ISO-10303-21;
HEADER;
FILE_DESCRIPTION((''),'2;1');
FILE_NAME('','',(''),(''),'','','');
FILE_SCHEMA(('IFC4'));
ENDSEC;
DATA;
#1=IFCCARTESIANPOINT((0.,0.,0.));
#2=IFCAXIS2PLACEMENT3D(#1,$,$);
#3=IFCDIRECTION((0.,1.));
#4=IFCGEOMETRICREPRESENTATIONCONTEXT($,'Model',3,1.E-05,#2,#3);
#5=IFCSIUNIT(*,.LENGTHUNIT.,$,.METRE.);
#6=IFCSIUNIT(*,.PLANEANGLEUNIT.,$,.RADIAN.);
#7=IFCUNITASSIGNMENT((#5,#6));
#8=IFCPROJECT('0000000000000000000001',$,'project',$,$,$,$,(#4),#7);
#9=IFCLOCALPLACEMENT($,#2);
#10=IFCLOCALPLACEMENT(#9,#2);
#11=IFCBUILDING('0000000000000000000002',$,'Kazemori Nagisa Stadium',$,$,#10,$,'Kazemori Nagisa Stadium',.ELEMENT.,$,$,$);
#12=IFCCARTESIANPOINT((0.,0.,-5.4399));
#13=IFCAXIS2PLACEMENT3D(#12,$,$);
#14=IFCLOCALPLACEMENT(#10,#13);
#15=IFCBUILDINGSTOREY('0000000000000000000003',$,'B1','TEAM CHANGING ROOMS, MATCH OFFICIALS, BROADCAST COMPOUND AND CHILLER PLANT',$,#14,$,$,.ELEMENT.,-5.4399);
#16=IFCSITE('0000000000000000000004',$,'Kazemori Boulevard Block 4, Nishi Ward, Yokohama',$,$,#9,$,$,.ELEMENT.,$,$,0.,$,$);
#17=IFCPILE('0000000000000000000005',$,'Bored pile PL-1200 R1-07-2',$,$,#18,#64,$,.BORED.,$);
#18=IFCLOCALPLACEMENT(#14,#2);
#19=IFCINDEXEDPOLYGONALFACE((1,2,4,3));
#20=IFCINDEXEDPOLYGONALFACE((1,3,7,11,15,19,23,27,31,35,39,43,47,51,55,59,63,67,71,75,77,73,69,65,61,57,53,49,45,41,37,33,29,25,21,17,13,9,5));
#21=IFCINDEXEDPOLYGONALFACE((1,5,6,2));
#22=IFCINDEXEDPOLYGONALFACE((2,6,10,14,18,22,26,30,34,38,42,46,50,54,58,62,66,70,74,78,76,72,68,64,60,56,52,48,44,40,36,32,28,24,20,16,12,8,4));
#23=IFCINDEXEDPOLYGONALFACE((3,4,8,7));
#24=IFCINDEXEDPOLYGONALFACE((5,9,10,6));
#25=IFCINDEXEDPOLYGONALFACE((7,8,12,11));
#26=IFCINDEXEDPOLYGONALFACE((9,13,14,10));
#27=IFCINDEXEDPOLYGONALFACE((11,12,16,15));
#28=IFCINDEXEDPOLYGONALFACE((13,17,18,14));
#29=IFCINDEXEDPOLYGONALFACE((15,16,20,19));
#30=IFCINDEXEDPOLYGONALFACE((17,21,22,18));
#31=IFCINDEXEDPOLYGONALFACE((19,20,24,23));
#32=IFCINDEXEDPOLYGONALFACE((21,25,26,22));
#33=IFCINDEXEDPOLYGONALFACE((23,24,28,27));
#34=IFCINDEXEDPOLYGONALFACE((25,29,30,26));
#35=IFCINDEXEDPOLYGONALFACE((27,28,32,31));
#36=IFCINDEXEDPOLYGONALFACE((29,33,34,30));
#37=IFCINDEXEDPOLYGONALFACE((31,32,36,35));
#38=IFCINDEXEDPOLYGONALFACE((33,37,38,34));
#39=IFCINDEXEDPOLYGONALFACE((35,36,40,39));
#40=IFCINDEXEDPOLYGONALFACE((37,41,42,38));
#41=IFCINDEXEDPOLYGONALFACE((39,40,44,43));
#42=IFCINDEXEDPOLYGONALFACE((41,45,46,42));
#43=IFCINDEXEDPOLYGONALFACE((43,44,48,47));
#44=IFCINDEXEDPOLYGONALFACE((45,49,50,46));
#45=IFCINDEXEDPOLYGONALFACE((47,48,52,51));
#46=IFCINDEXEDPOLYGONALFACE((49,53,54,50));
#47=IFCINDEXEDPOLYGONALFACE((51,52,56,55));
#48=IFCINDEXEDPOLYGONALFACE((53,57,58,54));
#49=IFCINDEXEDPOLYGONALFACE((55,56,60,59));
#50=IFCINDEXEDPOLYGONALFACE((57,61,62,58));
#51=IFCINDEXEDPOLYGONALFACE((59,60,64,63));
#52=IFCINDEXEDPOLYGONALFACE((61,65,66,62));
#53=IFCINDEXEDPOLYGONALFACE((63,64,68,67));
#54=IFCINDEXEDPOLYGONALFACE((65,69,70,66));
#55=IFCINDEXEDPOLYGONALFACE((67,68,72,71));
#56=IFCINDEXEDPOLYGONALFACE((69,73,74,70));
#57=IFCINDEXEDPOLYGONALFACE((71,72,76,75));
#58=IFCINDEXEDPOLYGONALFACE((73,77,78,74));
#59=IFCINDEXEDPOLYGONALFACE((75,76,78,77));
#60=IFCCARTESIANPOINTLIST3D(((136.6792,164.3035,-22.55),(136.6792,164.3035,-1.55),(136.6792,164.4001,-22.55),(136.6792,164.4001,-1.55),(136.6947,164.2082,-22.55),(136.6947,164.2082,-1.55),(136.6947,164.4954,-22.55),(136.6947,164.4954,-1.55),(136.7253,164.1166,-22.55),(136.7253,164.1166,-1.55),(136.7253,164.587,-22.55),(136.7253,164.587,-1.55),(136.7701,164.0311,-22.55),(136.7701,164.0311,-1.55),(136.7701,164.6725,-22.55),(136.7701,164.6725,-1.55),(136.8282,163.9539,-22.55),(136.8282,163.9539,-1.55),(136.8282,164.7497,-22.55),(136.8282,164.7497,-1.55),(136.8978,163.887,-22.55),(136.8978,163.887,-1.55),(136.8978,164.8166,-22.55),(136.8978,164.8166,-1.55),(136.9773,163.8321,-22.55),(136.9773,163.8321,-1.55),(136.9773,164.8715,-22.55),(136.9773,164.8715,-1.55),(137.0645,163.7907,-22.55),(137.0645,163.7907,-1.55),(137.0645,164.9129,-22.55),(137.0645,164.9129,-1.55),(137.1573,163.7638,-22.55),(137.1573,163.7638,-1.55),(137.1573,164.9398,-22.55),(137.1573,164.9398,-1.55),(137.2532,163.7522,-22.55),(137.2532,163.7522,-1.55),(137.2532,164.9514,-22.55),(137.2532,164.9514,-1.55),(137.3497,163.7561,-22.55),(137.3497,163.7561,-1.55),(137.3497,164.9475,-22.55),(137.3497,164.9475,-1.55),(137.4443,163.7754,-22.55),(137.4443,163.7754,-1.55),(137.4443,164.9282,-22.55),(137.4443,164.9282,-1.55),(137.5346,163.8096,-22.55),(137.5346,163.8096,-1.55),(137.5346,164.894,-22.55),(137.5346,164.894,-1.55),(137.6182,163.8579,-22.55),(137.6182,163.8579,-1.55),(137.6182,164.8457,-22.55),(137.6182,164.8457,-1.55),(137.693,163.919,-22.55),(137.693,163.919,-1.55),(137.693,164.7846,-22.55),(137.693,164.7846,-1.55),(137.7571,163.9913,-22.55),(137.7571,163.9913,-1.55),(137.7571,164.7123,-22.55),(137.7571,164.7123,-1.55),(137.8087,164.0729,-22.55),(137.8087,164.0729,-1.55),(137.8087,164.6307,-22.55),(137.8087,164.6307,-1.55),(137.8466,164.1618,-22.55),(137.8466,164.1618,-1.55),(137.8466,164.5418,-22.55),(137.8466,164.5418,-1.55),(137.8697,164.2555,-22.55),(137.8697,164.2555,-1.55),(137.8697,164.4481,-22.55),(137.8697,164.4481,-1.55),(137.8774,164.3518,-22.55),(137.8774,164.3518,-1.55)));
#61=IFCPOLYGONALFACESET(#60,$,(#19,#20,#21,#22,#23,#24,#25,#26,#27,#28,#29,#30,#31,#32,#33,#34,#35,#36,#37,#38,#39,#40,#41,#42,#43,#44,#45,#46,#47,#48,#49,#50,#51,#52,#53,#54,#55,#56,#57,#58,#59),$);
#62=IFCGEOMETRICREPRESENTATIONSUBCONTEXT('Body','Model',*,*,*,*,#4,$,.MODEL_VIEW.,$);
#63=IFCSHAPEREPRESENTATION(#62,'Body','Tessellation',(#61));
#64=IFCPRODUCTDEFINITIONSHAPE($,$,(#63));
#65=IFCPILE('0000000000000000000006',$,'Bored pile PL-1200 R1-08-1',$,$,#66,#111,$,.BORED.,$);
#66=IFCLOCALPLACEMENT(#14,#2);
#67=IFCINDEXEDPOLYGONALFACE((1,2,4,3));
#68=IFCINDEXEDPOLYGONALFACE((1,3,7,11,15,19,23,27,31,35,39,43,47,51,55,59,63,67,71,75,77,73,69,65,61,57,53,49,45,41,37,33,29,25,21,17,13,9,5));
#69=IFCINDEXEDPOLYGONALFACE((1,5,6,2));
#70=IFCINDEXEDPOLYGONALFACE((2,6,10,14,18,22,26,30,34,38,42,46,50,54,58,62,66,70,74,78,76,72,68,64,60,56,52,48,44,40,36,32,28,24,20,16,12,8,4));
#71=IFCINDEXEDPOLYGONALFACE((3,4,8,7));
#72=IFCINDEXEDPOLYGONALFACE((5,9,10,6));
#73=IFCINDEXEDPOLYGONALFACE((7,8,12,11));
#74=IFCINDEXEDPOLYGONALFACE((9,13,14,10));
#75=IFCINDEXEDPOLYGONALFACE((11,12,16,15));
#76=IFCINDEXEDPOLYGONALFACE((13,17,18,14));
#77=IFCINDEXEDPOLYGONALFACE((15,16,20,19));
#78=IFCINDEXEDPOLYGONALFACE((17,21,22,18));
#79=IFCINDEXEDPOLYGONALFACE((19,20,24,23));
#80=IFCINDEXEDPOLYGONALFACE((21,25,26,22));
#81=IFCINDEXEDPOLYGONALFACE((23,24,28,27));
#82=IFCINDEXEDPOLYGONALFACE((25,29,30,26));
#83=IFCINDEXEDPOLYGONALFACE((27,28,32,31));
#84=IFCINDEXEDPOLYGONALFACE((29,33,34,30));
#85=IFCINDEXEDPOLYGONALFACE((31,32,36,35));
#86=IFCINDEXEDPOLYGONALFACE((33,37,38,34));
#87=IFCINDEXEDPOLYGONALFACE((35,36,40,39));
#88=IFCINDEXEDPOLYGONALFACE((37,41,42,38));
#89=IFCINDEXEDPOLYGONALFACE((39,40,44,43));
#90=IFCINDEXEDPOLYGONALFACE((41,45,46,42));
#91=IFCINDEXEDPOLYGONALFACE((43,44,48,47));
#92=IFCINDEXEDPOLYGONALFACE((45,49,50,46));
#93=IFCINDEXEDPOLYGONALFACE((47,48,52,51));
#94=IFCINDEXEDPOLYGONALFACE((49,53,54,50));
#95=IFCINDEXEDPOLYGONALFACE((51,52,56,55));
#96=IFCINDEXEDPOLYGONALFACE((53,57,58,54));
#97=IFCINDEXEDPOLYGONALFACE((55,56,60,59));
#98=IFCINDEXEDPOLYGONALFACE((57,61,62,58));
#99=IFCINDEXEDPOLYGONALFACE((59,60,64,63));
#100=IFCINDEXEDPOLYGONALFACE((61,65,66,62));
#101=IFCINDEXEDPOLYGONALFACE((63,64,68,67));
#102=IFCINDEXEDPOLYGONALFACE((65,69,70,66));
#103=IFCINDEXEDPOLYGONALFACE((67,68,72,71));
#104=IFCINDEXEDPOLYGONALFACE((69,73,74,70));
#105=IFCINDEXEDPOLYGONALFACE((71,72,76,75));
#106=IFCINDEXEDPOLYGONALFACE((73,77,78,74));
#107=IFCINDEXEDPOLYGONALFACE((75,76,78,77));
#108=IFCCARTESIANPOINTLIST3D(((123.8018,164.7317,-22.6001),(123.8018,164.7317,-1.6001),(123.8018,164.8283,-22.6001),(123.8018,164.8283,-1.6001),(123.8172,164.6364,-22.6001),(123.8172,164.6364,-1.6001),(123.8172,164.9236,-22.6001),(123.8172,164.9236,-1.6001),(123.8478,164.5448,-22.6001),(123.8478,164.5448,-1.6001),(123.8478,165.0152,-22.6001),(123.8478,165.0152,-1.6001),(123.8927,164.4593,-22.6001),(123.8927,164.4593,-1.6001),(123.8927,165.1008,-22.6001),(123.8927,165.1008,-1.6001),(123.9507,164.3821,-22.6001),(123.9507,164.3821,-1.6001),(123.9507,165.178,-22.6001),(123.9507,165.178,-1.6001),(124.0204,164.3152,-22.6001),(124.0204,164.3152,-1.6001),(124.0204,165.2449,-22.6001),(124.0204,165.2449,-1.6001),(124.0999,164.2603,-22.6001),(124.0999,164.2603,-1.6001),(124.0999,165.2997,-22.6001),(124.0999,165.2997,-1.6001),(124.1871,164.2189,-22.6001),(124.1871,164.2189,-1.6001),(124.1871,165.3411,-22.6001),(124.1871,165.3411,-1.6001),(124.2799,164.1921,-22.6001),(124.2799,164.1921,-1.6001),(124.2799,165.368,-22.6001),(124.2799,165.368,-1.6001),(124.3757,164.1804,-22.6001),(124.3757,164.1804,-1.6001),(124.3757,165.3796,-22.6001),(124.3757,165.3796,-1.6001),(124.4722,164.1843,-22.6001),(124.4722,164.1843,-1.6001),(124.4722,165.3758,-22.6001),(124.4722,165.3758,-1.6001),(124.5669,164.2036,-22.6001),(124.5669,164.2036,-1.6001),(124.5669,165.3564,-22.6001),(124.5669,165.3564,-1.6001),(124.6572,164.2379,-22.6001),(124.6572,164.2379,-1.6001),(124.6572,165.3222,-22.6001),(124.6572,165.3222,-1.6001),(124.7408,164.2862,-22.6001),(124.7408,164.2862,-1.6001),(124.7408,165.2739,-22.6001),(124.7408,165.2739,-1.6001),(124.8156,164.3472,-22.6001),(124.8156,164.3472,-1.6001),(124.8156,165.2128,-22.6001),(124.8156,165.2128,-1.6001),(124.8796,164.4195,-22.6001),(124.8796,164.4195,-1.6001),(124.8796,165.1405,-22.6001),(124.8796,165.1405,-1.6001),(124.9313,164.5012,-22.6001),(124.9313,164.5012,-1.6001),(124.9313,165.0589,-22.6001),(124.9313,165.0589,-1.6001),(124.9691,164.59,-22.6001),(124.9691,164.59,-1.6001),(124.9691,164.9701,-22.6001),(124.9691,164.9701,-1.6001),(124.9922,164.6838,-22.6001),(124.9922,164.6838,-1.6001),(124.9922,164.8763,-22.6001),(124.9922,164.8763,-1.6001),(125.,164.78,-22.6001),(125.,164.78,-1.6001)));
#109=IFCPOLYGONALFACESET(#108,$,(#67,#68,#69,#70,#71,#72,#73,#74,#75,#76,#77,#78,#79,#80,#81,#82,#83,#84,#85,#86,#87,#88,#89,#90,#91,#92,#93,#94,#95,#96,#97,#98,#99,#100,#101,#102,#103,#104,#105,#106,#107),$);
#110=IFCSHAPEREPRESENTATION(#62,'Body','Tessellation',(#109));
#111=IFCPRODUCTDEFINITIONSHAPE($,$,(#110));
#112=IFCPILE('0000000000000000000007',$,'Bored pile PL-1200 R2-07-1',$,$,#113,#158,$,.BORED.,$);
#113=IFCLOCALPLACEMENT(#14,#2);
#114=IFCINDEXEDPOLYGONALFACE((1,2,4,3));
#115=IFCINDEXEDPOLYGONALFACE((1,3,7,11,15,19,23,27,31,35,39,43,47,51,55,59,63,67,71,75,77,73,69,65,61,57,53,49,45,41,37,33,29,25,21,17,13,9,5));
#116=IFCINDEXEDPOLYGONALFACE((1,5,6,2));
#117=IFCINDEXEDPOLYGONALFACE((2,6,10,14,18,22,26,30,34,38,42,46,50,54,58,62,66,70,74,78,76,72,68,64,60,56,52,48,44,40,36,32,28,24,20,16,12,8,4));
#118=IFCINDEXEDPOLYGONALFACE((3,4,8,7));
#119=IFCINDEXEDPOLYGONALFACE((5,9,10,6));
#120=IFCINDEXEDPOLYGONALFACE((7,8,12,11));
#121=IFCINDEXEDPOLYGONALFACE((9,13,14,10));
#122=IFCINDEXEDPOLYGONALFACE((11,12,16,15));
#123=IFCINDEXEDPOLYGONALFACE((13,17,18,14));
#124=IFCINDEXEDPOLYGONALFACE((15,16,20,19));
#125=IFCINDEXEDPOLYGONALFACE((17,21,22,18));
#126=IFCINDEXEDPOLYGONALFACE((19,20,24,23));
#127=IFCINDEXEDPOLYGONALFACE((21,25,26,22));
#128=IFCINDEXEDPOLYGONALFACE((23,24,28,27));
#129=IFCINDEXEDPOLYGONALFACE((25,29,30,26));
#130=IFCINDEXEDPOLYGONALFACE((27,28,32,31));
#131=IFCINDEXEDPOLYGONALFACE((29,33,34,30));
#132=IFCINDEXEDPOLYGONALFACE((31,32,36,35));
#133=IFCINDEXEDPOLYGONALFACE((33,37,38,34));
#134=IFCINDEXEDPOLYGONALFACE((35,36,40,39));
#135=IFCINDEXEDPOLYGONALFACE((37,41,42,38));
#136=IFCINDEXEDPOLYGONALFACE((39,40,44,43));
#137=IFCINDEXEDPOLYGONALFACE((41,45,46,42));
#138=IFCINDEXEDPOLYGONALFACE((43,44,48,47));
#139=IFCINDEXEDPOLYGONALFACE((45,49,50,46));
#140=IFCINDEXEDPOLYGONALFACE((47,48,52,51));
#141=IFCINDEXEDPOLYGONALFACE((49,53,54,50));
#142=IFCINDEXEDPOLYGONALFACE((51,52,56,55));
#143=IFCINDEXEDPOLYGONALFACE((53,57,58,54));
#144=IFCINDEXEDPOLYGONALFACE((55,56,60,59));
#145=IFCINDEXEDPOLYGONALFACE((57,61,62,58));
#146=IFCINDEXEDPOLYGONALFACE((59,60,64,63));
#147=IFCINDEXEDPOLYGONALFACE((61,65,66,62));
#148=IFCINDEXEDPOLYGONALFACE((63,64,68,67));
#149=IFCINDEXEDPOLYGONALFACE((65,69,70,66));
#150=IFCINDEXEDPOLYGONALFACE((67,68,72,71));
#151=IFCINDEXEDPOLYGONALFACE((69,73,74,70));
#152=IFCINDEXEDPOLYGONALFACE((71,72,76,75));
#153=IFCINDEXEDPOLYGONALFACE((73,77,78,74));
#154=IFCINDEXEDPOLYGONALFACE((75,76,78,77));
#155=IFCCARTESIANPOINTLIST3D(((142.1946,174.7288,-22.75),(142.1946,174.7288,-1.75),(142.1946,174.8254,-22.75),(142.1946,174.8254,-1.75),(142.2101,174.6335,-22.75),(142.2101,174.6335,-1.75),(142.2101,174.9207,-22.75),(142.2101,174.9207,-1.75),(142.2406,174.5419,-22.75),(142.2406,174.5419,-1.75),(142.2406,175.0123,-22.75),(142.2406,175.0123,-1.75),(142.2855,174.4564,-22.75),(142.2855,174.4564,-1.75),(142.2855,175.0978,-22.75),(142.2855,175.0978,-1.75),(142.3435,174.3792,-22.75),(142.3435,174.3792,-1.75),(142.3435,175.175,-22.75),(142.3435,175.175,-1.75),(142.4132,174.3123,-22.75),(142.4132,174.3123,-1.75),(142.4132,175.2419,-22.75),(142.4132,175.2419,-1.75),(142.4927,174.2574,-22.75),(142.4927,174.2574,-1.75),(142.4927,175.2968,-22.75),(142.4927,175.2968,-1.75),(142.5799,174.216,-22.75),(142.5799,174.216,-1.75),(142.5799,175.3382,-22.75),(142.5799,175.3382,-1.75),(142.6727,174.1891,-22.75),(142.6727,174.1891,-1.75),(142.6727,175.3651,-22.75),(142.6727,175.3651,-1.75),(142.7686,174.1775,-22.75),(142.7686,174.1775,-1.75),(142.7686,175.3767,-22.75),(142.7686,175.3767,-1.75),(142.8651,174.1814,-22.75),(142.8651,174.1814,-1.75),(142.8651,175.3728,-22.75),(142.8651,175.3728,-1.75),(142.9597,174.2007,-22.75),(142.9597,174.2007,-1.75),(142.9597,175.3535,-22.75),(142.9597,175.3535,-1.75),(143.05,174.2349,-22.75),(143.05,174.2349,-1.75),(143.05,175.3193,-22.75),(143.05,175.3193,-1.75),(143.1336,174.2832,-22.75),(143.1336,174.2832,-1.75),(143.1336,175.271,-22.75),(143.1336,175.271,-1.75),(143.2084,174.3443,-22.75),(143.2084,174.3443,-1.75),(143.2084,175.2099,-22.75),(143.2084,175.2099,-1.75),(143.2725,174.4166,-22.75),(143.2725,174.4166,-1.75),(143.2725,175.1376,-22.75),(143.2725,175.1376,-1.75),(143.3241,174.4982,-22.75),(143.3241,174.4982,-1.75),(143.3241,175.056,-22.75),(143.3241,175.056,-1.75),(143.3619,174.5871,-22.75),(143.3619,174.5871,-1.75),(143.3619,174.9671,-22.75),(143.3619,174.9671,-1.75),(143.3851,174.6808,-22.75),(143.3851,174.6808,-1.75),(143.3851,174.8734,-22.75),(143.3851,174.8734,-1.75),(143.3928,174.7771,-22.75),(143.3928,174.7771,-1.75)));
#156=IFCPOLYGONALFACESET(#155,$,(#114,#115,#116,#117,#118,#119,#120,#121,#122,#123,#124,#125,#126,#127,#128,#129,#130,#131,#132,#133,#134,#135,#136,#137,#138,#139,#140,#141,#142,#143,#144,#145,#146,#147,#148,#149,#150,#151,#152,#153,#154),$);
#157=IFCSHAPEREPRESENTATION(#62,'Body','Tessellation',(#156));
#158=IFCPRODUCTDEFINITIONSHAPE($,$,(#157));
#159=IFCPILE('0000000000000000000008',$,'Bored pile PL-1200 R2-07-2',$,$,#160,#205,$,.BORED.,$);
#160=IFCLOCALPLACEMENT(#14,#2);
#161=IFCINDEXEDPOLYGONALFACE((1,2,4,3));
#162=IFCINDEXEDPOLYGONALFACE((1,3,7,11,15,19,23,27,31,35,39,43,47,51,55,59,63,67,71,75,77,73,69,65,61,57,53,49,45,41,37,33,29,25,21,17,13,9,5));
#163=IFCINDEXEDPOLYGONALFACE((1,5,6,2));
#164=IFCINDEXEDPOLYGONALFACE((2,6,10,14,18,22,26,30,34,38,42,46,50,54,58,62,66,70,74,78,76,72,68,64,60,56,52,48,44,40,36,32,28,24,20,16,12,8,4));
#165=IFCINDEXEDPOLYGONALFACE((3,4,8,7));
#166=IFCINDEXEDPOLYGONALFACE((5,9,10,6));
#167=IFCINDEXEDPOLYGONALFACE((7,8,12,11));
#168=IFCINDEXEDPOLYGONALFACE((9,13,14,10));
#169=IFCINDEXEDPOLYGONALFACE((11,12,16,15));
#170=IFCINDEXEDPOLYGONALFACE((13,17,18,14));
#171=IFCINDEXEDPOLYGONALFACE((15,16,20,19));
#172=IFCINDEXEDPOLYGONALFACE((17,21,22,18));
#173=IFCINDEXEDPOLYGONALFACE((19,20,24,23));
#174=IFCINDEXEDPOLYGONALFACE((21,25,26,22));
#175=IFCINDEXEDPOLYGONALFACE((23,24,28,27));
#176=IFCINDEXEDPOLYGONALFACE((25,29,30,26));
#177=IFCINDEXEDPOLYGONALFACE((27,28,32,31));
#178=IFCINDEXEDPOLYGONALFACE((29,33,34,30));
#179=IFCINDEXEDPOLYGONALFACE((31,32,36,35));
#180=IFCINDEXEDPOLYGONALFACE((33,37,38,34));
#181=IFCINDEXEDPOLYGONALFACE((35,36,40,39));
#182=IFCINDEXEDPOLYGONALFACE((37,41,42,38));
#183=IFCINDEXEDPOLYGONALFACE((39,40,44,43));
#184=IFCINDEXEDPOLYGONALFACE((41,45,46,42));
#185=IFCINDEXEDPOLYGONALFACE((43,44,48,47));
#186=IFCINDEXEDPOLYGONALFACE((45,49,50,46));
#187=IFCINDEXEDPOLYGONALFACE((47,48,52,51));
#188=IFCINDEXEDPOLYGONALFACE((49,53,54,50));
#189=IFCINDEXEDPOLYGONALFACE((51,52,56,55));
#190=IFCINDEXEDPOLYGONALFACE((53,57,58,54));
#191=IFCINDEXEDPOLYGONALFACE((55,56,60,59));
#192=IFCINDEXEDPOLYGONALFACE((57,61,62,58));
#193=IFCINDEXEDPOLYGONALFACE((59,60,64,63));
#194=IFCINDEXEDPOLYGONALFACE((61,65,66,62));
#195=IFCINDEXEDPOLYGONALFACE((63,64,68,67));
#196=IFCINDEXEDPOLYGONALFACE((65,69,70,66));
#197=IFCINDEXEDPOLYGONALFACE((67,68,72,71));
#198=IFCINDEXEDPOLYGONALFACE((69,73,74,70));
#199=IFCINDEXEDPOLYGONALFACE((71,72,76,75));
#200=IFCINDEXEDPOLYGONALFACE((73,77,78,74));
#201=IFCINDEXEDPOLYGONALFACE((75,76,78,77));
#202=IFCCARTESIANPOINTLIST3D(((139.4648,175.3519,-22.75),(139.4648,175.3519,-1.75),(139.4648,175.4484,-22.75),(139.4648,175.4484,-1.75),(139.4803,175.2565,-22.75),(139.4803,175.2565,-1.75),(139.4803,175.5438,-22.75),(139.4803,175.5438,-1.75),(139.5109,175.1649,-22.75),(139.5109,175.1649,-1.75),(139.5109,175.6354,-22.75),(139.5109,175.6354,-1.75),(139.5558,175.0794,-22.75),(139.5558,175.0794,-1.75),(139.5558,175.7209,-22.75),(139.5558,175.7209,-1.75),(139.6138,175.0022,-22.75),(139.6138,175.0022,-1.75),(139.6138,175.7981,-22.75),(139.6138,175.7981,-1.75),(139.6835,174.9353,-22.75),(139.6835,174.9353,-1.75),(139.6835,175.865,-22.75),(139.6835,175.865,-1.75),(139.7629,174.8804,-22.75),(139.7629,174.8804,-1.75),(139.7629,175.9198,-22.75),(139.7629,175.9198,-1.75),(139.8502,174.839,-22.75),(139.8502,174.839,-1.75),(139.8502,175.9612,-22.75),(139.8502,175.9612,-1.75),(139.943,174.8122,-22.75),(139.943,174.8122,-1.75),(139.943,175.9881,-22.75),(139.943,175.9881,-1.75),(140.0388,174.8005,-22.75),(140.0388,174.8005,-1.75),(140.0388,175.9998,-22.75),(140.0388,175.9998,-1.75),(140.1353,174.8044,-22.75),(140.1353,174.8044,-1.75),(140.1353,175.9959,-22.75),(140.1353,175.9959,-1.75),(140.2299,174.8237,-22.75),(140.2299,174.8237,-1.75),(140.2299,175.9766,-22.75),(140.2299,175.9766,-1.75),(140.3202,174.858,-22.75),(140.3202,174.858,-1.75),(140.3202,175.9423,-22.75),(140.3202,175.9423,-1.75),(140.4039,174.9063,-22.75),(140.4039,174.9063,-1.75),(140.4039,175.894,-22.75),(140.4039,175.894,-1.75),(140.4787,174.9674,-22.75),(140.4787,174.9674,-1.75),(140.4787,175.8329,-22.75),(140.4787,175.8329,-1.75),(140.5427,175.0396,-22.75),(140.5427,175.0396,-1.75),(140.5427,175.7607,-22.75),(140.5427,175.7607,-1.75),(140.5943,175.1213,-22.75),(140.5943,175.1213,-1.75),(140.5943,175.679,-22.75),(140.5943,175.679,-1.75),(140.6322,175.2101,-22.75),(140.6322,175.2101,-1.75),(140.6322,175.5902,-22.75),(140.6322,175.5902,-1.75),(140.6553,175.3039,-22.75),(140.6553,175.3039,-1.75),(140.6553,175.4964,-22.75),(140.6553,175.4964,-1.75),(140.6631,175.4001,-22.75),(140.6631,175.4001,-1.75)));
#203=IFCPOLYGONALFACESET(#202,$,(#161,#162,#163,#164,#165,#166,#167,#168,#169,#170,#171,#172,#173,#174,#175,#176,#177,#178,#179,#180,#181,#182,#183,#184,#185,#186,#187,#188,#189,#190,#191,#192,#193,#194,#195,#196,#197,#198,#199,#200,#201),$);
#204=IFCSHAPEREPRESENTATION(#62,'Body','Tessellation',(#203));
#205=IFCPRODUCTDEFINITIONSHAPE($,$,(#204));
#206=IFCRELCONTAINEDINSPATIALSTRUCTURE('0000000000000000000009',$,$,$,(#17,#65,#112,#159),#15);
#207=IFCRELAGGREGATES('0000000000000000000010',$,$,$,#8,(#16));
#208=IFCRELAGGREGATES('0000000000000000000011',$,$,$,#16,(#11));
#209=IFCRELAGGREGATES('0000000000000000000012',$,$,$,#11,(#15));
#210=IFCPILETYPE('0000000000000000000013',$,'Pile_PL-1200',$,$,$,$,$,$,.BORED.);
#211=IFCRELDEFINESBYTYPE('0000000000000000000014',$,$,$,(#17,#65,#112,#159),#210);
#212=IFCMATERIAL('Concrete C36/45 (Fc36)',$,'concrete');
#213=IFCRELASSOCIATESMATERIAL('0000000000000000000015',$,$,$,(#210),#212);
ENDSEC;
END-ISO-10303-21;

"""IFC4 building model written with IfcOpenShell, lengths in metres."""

from ifc_helpers import new_model, si_unit, direction, frame, origin, origin_2d, place, context, subcontext, project, spatial, circle, extrude, material, material_profile, profile_set, type_object, element, save


model = new_model("IFC4")

# Units and contexts
model_context = context("Model", 3, precision=1e-05, world=origin(), true_north=direction((0.0, 1.0)))
body_context = subcontext(model_context, "Body", "Model", "MODEL_VIEW")
ifc_project = project(units=[si_unit("LENGTHUNIT", "METRE"), si_unit("PLANEANGLEUNIT", "RADIAN")], contexts=[model_context])

# Site, building, storey
site_placement = place(None, origin())
site = spatial("IfcSite", under=ifc_project, at=site_placement, Name="Kazemori Boulevard Block 4, Nishi Ward, Yokohama", CompositionType="ELEMENT", RefElevation=0.0)
building_placement = place(site_placement, origin())
building = spatial("IfcBuilding", under=site, at=building_placement, Name="Kazemori Nagisa Stadium", LongName="Kazemori Nagisa Stadium", CompositionType="ELEMENT")
storey_placement = place(building_placement, frame((0.0, 0.0, -5.4399)))
storey = spatial("IfcBuildingStorey", under=building, at=storey_placement, Name="B1", Description="TEAM CHANGING ROOMS, MATCH OFFICIALS, BROADCAST COMPOUND AND CHILLER PLANT", CompositionType="ELEMENT", Elevation=-5.4399)

# Piles
ifc_material_1 = material(Name="Concrete C36/45 (Fc36)", Category="concrete")
ifc_material_profile_1 = material_profile(ifc_material_1, circle(Radius=0.6001, at=origin_2d()), Name="PILE-D1200")
ifc_profile_set_1 = profile_set([ifc_material_profile_1], Name="Concrete C36/45 (Fc36)")
pile_type_1 = type_object("IfcPileType", Name="Pile_PL-1200", PredefinedType="BORED", material=ifc_profile_set_1)
for number, where, z_axis, x_axis, name in (
    (1, (137.2773, 164.3518, -1.55), (0.0, 0.0, -1.0), (1.0, 0.0, 0.0), "Bored pile PL-1200 R1-07-2"),
    (2, (124.3999, 164.78, -1.6001), (0.0, 0.0, -1.0), (1.0, 0.0, 0.0), "Bored pile PL-1200 R1-08-1"),
    (3, (142.7927, 174.7771, -1.75), (0.0, 0.0, -1.0), (1.0, 0.0, 0.0), "Bored pile PL-1200 R2-07-1"),
    (4, (140.063, 175.4001, -1.75), (0.0, 0.0, -1.0), (1.0, 0.0, 0.0), "Bored pile PL-1200 R2-07-2"),
):
    element("IfcPile", number, at=place(storey_placement, frame(where, z_axis=z_axis, x_axis=x_axis)), inside=storey, type_object=pile_type_1, Name=name, PredefinedType="BORED", context=body_context, shape_type="SweptSolid", body=[
        extrude(circle(Radius=0.6001, at=origin_2d()), origin(), (0.0, 0.0, 1.0), 21.0),
    ])

save(model, "model.ifc")
